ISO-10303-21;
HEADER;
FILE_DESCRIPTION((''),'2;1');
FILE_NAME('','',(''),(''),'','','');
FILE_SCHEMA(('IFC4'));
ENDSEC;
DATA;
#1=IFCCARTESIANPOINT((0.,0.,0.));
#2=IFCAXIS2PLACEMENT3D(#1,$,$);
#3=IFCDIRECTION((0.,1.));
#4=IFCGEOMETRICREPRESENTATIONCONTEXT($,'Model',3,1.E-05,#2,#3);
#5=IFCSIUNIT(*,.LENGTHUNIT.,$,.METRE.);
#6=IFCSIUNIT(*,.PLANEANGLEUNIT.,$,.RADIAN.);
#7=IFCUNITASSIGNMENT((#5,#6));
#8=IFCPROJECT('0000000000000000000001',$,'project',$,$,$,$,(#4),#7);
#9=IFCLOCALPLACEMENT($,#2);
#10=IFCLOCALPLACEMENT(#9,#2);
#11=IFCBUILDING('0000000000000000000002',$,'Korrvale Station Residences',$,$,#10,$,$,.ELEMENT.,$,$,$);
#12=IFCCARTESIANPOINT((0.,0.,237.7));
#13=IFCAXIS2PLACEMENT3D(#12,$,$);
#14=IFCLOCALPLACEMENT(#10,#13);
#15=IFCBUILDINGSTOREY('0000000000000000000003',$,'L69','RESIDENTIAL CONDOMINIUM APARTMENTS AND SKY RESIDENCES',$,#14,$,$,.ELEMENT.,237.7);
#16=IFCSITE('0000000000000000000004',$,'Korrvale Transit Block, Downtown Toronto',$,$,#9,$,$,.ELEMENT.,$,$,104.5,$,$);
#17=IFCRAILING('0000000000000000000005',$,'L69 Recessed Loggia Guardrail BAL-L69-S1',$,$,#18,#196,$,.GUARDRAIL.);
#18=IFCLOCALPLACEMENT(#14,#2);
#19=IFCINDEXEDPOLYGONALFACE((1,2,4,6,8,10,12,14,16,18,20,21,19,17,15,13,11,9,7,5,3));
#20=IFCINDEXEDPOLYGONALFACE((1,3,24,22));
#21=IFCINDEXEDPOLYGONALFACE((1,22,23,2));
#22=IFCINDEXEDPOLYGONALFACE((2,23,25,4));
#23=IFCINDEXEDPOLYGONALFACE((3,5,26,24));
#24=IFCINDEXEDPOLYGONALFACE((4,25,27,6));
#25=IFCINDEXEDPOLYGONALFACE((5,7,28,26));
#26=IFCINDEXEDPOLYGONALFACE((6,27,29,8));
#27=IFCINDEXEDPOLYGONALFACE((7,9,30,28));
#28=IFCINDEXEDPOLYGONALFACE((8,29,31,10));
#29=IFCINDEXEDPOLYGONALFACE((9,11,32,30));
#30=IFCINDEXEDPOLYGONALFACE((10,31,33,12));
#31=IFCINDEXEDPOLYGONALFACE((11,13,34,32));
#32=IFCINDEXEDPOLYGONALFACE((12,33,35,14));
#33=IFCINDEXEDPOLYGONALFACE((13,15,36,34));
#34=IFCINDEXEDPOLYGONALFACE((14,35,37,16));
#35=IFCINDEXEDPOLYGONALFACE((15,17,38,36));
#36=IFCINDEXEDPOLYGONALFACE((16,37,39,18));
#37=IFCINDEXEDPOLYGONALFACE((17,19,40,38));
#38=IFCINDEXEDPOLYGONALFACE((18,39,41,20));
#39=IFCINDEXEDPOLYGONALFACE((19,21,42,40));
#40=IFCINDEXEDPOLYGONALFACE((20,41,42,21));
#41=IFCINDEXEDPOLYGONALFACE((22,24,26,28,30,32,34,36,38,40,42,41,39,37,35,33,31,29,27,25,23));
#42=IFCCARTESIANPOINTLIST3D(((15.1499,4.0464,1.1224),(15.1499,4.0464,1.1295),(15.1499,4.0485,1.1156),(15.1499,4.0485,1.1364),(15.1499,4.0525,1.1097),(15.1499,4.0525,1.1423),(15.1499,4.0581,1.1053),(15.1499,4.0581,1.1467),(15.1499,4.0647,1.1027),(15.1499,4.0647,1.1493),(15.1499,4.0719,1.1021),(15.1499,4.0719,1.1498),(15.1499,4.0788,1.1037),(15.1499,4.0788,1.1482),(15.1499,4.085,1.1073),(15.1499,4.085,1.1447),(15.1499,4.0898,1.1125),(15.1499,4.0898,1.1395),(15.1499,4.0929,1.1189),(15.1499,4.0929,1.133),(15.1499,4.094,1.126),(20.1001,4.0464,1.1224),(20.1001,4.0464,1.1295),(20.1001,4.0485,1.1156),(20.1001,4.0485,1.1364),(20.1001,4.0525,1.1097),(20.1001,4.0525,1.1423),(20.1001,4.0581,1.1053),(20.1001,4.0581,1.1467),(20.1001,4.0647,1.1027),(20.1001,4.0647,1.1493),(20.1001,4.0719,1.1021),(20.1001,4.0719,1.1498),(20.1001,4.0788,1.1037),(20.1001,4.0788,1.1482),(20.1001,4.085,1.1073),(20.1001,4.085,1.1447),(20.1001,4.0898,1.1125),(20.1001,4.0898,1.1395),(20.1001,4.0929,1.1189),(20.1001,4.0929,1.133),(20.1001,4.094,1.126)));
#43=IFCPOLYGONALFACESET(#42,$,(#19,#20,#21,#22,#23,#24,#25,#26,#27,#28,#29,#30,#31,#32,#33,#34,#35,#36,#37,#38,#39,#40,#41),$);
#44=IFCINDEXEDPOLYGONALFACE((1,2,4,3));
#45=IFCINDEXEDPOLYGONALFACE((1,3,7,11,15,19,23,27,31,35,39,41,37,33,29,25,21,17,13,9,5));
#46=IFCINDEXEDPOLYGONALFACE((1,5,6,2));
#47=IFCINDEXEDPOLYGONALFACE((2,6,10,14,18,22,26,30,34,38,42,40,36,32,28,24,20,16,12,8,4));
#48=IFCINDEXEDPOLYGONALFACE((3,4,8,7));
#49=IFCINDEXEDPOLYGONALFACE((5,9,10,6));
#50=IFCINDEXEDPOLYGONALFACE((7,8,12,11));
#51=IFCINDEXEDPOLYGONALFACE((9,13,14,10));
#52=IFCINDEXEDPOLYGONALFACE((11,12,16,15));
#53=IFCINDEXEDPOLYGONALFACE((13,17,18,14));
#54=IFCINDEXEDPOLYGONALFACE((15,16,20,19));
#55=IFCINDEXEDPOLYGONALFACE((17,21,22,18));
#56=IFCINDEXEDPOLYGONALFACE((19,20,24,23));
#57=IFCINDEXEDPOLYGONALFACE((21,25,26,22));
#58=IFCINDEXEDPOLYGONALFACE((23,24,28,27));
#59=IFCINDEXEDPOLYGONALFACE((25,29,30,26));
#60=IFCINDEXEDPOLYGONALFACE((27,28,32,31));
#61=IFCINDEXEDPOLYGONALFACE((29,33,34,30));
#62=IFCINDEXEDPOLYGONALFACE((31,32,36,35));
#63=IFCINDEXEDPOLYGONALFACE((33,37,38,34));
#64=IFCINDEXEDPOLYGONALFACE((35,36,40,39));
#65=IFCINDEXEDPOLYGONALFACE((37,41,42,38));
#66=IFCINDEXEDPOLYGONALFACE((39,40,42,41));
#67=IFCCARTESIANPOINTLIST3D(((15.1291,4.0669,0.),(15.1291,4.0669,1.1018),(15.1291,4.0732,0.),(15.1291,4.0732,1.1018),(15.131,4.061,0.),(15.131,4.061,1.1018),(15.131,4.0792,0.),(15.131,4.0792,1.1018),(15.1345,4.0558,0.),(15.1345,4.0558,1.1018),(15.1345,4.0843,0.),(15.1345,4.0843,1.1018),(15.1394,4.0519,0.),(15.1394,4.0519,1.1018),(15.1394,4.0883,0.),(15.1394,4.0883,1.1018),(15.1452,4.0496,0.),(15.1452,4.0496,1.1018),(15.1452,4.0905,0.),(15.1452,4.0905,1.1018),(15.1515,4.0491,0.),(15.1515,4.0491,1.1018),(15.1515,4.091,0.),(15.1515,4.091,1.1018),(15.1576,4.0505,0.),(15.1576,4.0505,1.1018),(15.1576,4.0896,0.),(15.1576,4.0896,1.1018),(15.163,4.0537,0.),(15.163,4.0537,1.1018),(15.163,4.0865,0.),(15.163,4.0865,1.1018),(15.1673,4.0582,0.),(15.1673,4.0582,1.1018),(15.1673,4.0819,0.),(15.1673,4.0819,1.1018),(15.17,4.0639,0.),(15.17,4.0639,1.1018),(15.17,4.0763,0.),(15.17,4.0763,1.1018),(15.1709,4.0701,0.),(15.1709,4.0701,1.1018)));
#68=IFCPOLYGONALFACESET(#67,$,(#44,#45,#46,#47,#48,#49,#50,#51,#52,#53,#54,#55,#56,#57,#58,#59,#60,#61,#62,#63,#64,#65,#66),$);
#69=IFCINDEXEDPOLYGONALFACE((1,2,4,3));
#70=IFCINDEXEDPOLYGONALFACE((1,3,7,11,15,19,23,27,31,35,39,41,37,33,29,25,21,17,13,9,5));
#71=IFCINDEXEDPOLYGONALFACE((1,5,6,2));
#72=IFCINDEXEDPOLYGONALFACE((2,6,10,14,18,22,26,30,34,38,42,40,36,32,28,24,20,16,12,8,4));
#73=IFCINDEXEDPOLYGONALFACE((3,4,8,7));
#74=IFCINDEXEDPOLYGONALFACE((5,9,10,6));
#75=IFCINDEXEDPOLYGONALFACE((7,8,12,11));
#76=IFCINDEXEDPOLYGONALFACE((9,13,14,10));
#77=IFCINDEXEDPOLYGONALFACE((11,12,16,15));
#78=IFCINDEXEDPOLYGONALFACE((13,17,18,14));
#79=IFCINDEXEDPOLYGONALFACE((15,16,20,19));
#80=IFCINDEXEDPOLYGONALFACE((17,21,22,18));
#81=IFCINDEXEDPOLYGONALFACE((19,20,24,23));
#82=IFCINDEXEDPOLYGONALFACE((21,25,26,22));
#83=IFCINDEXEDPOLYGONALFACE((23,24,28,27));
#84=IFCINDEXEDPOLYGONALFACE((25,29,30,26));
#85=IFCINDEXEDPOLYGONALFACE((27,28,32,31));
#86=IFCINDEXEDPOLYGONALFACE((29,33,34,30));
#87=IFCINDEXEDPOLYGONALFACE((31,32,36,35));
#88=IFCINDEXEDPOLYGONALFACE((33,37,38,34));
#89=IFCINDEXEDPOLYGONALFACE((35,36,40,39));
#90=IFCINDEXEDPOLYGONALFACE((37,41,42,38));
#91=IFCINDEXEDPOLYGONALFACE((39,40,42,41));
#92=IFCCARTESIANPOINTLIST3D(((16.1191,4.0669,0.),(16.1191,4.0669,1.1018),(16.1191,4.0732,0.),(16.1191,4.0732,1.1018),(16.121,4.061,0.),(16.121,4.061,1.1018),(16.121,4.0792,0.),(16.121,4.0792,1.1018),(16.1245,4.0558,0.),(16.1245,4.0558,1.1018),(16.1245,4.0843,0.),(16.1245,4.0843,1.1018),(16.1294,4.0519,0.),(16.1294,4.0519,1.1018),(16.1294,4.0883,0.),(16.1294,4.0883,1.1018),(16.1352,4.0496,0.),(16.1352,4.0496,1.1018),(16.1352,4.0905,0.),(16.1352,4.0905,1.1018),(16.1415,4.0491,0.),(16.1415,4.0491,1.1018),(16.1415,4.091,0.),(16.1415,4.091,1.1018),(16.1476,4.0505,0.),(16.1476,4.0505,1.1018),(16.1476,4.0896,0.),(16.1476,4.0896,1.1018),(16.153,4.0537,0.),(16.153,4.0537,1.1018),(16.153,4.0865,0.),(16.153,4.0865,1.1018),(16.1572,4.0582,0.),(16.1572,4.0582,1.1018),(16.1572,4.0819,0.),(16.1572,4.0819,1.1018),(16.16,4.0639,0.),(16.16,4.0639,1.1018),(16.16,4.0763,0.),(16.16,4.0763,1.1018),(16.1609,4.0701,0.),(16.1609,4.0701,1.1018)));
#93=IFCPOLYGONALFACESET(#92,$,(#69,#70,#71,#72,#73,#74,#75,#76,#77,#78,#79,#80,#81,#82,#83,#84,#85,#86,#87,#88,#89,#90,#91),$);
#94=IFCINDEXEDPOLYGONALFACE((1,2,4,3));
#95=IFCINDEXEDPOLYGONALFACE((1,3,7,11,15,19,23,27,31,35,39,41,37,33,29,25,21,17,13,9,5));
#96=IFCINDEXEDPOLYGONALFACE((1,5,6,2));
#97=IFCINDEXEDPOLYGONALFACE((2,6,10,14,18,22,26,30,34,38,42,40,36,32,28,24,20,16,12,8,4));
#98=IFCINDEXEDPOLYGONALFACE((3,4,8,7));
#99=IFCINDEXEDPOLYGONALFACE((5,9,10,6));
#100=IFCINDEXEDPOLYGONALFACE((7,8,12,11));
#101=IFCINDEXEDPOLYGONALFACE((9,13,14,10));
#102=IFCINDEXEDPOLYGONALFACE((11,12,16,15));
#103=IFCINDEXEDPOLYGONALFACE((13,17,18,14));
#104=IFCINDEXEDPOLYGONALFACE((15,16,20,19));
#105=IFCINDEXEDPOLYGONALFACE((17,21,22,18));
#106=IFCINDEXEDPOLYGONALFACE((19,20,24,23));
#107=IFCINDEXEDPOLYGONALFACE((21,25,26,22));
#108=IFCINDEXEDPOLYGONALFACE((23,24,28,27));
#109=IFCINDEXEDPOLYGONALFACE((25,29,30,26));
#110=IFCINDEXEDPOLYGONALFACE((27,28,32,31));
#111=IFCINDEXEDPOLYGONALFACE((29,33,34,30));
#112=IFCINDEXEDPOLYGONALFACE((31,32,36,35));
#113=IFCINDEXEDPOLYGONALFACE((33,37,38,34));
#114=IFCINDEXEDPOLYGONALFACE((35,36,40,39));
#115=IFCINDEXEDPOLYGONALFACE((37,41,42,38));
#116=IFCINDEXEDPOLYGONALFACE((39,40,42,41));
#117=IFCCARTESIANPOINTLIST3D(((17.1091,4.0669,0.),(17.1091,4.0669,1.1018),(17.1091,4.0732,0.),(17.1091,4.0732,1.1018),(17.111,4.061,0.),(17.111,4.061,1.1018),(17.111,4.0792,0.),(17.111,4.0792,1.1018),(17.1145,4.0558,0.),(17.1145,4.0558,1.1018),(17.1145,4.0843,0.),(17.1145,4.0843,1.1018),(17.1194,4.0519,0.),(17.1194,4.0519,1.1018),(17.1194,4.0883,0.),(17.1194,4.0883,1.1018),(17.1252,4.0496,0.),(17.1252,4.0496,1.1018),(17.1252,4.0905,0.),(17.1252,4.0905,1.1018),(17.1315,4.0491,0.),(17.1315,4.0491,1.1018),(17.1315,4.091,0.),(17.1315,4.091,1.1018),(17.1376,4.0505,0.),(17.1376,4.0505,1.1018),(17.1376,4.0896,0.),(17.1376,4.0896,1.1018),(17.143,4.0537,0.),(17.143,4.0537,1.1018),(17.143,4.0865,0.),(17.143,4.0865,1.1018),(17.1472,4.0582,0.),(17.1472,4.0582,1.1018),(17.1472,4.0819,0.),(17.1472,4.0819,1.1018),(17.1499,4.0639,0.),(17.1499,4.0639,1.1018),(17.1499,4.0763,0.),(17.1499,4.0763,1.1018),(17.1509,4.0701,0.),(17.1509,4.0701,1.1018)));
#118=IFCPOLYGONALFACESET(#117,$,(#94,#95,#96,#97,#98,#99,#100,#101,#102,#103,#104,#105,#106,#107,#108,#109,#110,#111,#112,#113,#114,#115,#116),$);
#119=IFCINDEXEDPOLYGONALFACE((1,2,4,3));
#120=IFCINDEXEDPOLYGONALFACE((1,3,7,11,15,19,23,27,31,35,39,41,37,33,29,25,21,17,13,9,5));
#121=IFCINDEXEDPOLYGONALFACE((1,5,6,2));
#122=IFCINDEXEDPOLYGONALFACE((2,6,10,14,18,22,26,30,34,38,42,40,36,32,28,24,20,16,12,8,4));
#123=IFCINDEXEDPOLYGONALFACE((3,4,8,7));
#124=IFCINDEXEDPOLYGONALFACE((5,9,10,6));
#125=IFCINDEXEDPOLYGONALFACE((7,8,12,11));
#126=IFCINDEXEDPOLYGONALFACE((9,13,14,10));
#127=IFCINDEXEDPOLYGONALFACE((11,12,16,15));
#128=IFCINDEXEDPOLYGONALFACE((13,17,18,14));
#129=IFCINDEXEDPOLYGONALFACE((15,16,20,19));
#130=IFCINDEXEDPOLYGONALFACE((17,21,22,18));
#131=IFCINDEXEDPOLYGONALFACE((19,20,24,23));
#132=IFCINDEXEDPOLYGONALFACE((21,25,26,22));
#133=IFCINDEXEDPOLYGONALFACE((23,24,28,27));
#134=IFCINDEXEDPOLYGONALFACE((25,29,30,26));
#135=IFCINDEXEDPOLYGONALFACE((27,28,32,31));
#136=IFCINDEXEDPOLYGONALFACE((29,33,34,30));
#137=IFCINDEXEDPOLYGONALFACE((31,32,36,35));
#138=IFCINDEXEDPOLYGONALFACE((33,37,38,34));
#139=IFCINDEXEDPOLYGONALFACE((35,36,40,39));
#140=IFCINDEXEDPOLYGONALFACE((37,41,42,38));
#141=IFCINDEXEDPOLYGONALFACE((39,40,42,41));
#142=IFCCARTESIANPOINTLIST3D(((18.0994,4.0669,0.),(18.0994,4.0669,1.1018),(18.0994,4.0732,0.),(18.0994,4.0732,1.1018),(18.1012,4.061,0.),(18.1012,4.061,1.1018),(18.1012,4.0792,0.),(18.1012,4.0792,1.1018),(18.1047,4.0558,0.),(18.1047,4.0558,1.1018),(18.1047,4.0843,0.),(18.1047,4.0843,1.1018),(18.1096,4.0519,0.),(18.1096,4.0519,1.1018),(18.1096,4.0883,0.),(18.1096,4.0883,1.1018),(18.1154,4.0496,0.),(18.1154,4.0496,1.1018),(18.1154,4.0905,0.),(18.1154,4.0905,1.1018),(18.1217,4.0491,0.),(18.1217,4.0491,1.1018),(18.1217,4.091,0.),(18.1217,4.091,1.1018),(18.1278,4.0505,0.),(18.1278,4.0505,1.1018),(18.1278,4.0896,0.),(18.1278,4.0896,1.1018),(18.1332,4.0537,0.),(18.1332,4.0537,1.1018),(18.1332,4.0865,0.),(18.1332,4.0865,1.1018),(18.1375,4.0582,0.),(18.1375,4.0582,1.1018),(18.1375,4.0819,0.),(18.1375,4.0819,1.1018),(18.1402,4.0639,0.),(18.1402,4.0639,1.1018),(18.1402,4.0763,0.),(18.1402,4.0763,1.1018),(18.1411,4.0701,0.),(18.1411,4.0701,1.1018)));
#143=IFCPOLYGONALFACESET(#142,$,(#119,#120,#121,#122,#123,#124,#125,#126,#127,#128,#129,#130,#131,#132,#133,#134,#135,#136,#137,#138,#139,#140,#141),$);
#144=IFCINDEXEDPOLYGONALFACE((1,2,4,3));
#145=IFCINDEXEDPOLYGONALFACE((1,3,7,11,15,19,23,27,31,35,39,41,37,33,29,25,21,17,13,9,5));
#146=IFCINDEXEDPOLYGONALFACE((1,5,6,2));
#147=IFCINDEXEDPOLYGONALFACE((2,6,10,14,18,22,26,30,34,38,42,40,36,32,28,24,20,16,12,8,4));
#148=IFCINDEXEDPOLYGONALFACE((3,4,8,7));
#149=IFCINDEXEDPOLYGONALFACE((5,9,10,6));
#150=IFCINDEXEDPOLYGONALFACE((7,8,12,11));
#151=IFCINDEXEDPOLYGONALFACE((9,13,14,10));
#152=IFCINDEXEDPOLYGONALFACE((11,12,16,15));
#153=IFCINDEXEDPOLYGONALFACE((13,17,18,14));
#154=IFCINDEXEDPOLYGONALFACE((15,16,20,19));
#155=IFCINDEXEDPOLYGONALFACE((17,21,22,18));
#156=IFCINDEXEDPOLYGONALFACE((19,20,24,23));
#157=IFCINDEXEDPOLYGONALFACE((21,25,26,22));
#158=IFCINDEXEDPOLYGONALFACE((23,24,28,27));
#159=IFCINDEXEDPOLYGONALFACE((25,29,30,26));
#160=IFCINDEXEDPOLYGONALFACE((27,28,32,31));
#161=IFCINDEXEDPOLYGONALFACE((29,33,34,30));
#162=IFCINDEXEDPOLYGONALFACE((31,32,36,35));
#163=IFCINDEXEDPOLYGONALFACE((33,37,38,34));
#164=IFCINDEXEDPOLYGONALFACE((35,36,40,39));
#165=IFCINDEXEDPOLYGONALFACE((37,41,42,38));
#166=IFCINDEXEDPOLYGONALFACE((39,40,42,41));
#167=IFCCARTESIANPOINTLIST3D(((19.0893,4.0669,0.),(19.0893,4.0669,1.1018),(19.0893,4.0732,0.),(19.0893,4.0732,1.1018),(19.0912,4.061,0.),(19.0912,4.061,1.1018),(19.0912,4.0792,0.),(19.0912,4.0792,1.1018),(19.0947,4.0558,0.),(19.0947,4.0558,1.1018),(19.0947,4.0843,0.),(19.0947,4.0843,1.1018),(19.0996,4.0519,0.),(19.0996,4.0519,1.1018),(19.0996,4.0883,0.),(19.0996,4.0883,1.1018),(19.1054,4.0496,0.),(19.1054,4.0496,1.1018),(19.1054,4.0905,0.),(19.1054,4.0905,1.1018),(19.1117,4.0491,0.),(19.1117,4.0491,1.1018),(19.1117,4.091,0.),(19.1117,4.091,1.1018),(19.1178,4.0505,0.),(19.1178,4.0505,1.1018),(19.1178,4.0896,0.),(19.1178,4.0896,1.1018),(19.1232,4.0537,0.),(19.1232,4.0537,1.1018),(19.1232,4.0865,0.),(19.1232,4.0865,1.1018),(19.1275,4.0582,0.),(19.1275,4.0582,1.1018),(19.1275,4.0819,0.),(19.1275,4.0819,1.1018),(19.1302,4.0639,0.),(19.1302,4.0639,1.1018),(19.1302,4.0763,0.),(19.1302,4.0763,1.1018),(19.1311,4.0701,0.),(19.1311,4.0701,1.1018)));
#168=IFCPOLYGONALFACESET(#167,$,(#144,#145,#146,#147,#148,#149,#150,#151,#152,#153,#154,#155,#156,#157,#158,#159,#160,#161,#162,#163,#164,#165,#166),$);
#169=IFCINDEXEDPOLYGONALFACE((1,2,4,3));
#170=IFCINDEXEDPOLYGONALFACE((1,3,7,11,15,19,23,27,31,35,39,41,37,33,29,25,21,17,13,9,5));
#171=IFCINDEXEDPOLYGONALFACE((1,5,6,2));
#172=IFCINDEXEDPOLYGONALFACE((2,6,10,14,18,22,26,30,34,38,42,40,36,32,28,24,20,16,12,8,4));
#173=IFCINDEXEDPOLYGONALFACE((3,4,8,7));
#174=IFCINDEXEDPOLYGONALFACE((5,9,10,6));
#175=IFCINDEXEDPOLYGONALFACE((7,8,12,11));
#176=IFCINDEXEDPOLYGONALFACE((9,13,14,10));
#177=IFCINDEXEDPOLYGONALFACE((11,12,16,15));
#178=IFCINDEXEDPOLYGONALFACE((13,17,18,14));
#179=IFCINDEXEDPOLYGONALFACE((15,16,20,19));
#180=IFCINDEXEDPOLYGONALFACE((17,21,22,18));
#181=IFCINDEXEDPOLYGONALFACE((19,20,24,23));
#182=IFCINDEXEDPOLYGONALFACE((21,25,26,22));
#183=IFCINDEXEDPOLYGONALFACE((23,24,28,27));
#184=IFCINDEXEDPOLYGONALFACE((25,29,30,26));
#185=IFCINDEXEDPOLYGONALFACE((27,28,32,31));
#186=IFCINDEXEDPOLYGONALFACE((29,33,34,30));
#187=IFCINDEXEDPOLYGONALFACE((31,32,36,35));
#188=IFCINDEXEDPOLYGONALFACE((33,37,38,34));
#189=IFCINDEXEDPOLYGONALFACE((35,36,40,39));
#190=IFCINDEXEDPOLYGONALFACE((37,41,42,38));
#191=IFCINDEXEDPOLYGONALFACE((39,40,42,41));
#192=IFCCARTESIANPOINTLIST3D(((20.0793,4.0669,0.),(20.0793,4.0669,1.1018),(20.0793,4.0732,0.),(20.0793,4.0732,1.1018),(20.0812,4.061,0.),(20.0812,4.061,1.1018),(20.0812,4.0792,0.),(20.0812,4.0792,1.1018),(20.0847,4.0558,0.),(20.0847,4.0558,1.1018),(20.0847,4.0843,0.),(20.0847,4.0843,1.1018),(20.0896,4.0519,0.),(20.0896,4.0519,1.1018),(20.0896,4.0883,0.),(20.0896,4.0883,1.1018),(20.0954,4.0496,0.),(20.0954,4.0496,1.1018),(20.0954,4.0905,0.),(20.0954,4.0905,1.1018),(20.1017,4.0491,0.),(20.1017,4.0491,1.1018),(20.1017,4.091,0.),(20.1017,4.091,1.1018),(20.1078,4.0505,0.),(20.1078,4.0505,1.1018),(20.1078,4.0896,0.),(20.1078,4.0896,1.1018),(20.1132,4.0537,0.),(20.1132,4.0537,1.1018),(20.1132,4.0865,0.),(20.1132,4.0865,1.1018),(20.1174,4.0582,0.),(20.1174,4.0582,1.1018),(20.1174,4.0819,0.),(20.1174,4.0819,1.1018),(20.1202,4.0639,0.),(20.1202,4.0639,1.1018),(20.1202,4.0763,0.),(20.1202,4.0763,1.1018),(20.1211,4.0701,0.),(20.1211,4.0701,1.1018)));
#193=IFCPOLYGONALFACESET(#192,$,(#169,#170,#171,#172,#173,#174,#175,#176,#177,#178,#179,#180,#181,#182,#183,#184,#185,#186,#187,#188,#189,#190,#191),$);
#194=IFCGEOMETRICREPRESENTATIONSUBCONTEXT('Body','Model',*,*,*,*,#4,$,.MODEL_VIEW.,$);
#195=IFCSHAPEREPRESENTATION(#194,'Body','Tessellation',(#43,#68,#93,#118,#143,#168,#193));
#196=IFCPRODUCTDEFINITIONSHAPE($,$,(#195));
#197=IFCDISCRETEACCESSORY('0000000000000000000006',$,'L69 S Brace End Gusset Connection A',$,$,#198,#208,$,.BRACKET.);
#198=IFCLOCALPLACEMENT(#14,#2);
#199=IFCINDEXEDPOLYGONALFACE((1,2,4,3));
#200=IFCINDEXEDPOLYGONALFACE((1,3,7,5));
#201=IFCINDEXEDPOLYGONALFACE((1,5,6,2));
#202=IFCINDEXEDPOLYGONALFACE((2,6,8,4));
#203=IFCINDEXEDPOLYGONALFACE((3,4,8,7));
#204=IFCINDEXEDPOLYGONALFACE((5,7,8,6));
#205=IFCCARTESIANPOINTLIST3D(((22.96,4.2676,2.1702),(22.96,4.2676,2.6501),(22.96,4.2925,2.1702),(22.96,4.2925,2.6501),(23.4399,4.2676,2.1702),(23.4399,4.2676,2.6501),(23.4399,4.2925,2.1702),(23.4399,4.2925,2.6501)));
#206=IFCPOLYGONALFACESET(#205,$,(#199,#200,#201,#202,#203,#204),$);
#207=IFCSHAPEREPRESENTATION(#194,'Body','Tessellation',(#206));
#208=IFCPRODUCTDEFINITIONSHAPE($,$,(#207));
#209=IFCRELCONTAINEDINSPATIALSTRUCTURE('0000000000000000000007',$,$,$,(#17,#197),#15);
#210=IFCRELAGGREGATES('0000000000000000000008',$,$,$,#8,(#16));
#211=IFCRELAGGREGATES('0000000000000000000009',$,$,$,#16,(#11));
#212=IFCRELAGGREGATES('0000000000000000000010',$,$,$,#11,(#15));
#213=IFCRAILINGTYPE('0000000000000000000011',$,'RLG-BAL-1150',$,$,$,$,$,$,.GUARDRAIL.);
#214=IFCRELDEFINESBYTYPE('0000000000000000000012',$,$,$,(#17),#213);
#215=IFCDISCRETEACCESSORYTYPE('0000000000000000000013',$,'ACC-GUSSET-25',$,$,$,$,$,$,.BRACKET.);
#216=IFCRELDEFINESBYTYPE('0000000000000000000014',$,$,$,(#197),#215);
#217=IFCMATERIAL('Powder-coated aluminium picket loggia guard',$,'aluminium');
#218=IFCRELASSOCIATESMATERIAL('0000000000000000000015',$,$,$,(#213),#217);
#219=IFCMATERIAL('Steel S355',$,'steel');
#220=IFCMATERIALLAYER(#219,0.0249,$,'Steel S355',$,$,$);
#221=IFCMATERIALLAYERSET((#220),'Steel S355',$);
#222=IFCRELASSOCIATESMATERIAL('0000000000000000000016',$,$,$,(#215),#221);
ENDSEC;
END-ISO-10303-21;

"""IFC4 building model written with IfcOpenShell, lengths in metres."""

from ifc_helpers import new_model, si_unit, direction, frame, origin, origin_2d, place, context, subcontext, project, spatial, rectangle, circle, extrude, material, layer, layer_set, type_object, element, save


model = new_model("IFC4")

# Units and contexts
model_context = context("Model", 3, precision=1e-05, world=origin(), true_north=direction((0.0, 1.0)))
body_context = subcontext(model_context, "Body", "Model", "MODEL_VIEW")
ifc_project = project(units=[si_unit("LENGTHUNIT", "METRE"), si_unit("PLANEANGLEUNIT", "RADIAN")], contexts=[model_context])

# Site, building, storey
site_placement = place(None, origin())
site = spatial("IfcSite", under=ifc_project, at=site_placement, Name="Korrvale Transit Block, Downtown Toronto", CompositionType="ELEMENT", RefElevation=104.5)
building_placement = place(site_placement, origin())
building = spatial("IfcBuilding", under=site, at=building_placement, Name="Korrvale Station Residences", CompositionType="ELEMENT")
storey_placement = place(building_placement, frame((0.0, 0.0, 237.7)))
storey = spatial("IfcBuildingStorey", under=building, at=storey_placement, Name="L69", Description="RESIDENTIAL CONDOMINIUM APARTMENTS AND SKY RESIDENCES", CompositionType="ELEMENT", Elevation=237.7)

# Shared definitions
ifc_material_1 = material(Name="Steel S355", Category="steel")

# Railing
ifc_material_2 = material(Name="Powder-coated aluminium picket loggia guard", Category="aluminium")
railing_type = type_object("IfcRailingType", Name="RLG-BAL-1150", PredefinedType="GUARDRAIL", material=ifc_material_2)
railing_placement = place(storey_placement, frame((15.1499, 4.0701, 0.0)))
element("IfcRailing", 1, at=railing_placement, inside=storey, type_object=railing_type, Name="L69 Recessed Loggia Guardrail BAL-L69-S1", PredefinedType="GUARDRAIL", context=body_context, shape_type="SweptSolid", body=[
    extrude(circle(Radius=0.0239, at=origin_2d()), frame((0.0, 0.0, 1.126), z_axis=(1.0, 0.0, 0.0), x_axis=(0.0, 1.0, 0.0)), (0.0, 0.0, 1.0), 4.9502),
    extrude(circle(Radius=0.021, at=origin_2d()), origin(), (0.0, 0.0, 1.0), 1.1018),
    extrude(circle(Radius=0.021, at=origin_2d()), frame((0.99, 0.0, 0.0)), (0.0, 0.0, 1.0), 1.1018),
    extrude(circle(Radius=0.021, at=origin_2d()), frame((1.98, 0.0, 0.0)), (0.0, 0.0, 1.0), 1.1018),
    extrude(circle(Radius=0.021, at=origin_2d()), frame((2.9702, 0.0, 0.0)), (0.0, 0.0, 1.0), 1.1018),
    extrude(circle(Radius=0.021, at=origin_2d()), frame((3.9602, 0.0, 0.0)), (0.0, 0.0, 1.0), 1.1018),
    extrude(circle(Radius=0.021, at=origin_2d()), frame((4.9502, 0.0, 0.0)), (0.0, 0.0, 1.0), 1.1018),
])

# Discrete accessory
ifc_layer_1 = layer(ifc_material_1, 0.0249, Name="Steel S355")
ifc_layer_set_1 = layer_set([ifc_layer_1], Name="Steel S355")
discrete_accessory_type = type_object("IfcDiscreteAccessoryType", Name="ACC-GUSSET-25", PredefinedType="BRACKET", material=ifc_layer_set_1)
discrete_accessory_placement = place(storey_placement, frame((23.2, 4.28, 2.1702), z_axis=(0.0, 0.0, 1.0), x_axis=(1.0, 0.0, 0.0)))
element("IfcDiscreteAccessory", 2, at=discrete_accessory_placement, inside=storey, type_object=discrete_accessory_type, Name="L69 S Brace End Gusset Connection A", PredefinedType="BRACKET", context=body_context, shape_type="SweptSolid", body=[
    extrude(rectangle(XDim=0.48, YDim=0.0249, at=origin_2d()), origin(), (0.0, 0.0, 1.0), 0.48),
])

save(model, "model.ifc")
